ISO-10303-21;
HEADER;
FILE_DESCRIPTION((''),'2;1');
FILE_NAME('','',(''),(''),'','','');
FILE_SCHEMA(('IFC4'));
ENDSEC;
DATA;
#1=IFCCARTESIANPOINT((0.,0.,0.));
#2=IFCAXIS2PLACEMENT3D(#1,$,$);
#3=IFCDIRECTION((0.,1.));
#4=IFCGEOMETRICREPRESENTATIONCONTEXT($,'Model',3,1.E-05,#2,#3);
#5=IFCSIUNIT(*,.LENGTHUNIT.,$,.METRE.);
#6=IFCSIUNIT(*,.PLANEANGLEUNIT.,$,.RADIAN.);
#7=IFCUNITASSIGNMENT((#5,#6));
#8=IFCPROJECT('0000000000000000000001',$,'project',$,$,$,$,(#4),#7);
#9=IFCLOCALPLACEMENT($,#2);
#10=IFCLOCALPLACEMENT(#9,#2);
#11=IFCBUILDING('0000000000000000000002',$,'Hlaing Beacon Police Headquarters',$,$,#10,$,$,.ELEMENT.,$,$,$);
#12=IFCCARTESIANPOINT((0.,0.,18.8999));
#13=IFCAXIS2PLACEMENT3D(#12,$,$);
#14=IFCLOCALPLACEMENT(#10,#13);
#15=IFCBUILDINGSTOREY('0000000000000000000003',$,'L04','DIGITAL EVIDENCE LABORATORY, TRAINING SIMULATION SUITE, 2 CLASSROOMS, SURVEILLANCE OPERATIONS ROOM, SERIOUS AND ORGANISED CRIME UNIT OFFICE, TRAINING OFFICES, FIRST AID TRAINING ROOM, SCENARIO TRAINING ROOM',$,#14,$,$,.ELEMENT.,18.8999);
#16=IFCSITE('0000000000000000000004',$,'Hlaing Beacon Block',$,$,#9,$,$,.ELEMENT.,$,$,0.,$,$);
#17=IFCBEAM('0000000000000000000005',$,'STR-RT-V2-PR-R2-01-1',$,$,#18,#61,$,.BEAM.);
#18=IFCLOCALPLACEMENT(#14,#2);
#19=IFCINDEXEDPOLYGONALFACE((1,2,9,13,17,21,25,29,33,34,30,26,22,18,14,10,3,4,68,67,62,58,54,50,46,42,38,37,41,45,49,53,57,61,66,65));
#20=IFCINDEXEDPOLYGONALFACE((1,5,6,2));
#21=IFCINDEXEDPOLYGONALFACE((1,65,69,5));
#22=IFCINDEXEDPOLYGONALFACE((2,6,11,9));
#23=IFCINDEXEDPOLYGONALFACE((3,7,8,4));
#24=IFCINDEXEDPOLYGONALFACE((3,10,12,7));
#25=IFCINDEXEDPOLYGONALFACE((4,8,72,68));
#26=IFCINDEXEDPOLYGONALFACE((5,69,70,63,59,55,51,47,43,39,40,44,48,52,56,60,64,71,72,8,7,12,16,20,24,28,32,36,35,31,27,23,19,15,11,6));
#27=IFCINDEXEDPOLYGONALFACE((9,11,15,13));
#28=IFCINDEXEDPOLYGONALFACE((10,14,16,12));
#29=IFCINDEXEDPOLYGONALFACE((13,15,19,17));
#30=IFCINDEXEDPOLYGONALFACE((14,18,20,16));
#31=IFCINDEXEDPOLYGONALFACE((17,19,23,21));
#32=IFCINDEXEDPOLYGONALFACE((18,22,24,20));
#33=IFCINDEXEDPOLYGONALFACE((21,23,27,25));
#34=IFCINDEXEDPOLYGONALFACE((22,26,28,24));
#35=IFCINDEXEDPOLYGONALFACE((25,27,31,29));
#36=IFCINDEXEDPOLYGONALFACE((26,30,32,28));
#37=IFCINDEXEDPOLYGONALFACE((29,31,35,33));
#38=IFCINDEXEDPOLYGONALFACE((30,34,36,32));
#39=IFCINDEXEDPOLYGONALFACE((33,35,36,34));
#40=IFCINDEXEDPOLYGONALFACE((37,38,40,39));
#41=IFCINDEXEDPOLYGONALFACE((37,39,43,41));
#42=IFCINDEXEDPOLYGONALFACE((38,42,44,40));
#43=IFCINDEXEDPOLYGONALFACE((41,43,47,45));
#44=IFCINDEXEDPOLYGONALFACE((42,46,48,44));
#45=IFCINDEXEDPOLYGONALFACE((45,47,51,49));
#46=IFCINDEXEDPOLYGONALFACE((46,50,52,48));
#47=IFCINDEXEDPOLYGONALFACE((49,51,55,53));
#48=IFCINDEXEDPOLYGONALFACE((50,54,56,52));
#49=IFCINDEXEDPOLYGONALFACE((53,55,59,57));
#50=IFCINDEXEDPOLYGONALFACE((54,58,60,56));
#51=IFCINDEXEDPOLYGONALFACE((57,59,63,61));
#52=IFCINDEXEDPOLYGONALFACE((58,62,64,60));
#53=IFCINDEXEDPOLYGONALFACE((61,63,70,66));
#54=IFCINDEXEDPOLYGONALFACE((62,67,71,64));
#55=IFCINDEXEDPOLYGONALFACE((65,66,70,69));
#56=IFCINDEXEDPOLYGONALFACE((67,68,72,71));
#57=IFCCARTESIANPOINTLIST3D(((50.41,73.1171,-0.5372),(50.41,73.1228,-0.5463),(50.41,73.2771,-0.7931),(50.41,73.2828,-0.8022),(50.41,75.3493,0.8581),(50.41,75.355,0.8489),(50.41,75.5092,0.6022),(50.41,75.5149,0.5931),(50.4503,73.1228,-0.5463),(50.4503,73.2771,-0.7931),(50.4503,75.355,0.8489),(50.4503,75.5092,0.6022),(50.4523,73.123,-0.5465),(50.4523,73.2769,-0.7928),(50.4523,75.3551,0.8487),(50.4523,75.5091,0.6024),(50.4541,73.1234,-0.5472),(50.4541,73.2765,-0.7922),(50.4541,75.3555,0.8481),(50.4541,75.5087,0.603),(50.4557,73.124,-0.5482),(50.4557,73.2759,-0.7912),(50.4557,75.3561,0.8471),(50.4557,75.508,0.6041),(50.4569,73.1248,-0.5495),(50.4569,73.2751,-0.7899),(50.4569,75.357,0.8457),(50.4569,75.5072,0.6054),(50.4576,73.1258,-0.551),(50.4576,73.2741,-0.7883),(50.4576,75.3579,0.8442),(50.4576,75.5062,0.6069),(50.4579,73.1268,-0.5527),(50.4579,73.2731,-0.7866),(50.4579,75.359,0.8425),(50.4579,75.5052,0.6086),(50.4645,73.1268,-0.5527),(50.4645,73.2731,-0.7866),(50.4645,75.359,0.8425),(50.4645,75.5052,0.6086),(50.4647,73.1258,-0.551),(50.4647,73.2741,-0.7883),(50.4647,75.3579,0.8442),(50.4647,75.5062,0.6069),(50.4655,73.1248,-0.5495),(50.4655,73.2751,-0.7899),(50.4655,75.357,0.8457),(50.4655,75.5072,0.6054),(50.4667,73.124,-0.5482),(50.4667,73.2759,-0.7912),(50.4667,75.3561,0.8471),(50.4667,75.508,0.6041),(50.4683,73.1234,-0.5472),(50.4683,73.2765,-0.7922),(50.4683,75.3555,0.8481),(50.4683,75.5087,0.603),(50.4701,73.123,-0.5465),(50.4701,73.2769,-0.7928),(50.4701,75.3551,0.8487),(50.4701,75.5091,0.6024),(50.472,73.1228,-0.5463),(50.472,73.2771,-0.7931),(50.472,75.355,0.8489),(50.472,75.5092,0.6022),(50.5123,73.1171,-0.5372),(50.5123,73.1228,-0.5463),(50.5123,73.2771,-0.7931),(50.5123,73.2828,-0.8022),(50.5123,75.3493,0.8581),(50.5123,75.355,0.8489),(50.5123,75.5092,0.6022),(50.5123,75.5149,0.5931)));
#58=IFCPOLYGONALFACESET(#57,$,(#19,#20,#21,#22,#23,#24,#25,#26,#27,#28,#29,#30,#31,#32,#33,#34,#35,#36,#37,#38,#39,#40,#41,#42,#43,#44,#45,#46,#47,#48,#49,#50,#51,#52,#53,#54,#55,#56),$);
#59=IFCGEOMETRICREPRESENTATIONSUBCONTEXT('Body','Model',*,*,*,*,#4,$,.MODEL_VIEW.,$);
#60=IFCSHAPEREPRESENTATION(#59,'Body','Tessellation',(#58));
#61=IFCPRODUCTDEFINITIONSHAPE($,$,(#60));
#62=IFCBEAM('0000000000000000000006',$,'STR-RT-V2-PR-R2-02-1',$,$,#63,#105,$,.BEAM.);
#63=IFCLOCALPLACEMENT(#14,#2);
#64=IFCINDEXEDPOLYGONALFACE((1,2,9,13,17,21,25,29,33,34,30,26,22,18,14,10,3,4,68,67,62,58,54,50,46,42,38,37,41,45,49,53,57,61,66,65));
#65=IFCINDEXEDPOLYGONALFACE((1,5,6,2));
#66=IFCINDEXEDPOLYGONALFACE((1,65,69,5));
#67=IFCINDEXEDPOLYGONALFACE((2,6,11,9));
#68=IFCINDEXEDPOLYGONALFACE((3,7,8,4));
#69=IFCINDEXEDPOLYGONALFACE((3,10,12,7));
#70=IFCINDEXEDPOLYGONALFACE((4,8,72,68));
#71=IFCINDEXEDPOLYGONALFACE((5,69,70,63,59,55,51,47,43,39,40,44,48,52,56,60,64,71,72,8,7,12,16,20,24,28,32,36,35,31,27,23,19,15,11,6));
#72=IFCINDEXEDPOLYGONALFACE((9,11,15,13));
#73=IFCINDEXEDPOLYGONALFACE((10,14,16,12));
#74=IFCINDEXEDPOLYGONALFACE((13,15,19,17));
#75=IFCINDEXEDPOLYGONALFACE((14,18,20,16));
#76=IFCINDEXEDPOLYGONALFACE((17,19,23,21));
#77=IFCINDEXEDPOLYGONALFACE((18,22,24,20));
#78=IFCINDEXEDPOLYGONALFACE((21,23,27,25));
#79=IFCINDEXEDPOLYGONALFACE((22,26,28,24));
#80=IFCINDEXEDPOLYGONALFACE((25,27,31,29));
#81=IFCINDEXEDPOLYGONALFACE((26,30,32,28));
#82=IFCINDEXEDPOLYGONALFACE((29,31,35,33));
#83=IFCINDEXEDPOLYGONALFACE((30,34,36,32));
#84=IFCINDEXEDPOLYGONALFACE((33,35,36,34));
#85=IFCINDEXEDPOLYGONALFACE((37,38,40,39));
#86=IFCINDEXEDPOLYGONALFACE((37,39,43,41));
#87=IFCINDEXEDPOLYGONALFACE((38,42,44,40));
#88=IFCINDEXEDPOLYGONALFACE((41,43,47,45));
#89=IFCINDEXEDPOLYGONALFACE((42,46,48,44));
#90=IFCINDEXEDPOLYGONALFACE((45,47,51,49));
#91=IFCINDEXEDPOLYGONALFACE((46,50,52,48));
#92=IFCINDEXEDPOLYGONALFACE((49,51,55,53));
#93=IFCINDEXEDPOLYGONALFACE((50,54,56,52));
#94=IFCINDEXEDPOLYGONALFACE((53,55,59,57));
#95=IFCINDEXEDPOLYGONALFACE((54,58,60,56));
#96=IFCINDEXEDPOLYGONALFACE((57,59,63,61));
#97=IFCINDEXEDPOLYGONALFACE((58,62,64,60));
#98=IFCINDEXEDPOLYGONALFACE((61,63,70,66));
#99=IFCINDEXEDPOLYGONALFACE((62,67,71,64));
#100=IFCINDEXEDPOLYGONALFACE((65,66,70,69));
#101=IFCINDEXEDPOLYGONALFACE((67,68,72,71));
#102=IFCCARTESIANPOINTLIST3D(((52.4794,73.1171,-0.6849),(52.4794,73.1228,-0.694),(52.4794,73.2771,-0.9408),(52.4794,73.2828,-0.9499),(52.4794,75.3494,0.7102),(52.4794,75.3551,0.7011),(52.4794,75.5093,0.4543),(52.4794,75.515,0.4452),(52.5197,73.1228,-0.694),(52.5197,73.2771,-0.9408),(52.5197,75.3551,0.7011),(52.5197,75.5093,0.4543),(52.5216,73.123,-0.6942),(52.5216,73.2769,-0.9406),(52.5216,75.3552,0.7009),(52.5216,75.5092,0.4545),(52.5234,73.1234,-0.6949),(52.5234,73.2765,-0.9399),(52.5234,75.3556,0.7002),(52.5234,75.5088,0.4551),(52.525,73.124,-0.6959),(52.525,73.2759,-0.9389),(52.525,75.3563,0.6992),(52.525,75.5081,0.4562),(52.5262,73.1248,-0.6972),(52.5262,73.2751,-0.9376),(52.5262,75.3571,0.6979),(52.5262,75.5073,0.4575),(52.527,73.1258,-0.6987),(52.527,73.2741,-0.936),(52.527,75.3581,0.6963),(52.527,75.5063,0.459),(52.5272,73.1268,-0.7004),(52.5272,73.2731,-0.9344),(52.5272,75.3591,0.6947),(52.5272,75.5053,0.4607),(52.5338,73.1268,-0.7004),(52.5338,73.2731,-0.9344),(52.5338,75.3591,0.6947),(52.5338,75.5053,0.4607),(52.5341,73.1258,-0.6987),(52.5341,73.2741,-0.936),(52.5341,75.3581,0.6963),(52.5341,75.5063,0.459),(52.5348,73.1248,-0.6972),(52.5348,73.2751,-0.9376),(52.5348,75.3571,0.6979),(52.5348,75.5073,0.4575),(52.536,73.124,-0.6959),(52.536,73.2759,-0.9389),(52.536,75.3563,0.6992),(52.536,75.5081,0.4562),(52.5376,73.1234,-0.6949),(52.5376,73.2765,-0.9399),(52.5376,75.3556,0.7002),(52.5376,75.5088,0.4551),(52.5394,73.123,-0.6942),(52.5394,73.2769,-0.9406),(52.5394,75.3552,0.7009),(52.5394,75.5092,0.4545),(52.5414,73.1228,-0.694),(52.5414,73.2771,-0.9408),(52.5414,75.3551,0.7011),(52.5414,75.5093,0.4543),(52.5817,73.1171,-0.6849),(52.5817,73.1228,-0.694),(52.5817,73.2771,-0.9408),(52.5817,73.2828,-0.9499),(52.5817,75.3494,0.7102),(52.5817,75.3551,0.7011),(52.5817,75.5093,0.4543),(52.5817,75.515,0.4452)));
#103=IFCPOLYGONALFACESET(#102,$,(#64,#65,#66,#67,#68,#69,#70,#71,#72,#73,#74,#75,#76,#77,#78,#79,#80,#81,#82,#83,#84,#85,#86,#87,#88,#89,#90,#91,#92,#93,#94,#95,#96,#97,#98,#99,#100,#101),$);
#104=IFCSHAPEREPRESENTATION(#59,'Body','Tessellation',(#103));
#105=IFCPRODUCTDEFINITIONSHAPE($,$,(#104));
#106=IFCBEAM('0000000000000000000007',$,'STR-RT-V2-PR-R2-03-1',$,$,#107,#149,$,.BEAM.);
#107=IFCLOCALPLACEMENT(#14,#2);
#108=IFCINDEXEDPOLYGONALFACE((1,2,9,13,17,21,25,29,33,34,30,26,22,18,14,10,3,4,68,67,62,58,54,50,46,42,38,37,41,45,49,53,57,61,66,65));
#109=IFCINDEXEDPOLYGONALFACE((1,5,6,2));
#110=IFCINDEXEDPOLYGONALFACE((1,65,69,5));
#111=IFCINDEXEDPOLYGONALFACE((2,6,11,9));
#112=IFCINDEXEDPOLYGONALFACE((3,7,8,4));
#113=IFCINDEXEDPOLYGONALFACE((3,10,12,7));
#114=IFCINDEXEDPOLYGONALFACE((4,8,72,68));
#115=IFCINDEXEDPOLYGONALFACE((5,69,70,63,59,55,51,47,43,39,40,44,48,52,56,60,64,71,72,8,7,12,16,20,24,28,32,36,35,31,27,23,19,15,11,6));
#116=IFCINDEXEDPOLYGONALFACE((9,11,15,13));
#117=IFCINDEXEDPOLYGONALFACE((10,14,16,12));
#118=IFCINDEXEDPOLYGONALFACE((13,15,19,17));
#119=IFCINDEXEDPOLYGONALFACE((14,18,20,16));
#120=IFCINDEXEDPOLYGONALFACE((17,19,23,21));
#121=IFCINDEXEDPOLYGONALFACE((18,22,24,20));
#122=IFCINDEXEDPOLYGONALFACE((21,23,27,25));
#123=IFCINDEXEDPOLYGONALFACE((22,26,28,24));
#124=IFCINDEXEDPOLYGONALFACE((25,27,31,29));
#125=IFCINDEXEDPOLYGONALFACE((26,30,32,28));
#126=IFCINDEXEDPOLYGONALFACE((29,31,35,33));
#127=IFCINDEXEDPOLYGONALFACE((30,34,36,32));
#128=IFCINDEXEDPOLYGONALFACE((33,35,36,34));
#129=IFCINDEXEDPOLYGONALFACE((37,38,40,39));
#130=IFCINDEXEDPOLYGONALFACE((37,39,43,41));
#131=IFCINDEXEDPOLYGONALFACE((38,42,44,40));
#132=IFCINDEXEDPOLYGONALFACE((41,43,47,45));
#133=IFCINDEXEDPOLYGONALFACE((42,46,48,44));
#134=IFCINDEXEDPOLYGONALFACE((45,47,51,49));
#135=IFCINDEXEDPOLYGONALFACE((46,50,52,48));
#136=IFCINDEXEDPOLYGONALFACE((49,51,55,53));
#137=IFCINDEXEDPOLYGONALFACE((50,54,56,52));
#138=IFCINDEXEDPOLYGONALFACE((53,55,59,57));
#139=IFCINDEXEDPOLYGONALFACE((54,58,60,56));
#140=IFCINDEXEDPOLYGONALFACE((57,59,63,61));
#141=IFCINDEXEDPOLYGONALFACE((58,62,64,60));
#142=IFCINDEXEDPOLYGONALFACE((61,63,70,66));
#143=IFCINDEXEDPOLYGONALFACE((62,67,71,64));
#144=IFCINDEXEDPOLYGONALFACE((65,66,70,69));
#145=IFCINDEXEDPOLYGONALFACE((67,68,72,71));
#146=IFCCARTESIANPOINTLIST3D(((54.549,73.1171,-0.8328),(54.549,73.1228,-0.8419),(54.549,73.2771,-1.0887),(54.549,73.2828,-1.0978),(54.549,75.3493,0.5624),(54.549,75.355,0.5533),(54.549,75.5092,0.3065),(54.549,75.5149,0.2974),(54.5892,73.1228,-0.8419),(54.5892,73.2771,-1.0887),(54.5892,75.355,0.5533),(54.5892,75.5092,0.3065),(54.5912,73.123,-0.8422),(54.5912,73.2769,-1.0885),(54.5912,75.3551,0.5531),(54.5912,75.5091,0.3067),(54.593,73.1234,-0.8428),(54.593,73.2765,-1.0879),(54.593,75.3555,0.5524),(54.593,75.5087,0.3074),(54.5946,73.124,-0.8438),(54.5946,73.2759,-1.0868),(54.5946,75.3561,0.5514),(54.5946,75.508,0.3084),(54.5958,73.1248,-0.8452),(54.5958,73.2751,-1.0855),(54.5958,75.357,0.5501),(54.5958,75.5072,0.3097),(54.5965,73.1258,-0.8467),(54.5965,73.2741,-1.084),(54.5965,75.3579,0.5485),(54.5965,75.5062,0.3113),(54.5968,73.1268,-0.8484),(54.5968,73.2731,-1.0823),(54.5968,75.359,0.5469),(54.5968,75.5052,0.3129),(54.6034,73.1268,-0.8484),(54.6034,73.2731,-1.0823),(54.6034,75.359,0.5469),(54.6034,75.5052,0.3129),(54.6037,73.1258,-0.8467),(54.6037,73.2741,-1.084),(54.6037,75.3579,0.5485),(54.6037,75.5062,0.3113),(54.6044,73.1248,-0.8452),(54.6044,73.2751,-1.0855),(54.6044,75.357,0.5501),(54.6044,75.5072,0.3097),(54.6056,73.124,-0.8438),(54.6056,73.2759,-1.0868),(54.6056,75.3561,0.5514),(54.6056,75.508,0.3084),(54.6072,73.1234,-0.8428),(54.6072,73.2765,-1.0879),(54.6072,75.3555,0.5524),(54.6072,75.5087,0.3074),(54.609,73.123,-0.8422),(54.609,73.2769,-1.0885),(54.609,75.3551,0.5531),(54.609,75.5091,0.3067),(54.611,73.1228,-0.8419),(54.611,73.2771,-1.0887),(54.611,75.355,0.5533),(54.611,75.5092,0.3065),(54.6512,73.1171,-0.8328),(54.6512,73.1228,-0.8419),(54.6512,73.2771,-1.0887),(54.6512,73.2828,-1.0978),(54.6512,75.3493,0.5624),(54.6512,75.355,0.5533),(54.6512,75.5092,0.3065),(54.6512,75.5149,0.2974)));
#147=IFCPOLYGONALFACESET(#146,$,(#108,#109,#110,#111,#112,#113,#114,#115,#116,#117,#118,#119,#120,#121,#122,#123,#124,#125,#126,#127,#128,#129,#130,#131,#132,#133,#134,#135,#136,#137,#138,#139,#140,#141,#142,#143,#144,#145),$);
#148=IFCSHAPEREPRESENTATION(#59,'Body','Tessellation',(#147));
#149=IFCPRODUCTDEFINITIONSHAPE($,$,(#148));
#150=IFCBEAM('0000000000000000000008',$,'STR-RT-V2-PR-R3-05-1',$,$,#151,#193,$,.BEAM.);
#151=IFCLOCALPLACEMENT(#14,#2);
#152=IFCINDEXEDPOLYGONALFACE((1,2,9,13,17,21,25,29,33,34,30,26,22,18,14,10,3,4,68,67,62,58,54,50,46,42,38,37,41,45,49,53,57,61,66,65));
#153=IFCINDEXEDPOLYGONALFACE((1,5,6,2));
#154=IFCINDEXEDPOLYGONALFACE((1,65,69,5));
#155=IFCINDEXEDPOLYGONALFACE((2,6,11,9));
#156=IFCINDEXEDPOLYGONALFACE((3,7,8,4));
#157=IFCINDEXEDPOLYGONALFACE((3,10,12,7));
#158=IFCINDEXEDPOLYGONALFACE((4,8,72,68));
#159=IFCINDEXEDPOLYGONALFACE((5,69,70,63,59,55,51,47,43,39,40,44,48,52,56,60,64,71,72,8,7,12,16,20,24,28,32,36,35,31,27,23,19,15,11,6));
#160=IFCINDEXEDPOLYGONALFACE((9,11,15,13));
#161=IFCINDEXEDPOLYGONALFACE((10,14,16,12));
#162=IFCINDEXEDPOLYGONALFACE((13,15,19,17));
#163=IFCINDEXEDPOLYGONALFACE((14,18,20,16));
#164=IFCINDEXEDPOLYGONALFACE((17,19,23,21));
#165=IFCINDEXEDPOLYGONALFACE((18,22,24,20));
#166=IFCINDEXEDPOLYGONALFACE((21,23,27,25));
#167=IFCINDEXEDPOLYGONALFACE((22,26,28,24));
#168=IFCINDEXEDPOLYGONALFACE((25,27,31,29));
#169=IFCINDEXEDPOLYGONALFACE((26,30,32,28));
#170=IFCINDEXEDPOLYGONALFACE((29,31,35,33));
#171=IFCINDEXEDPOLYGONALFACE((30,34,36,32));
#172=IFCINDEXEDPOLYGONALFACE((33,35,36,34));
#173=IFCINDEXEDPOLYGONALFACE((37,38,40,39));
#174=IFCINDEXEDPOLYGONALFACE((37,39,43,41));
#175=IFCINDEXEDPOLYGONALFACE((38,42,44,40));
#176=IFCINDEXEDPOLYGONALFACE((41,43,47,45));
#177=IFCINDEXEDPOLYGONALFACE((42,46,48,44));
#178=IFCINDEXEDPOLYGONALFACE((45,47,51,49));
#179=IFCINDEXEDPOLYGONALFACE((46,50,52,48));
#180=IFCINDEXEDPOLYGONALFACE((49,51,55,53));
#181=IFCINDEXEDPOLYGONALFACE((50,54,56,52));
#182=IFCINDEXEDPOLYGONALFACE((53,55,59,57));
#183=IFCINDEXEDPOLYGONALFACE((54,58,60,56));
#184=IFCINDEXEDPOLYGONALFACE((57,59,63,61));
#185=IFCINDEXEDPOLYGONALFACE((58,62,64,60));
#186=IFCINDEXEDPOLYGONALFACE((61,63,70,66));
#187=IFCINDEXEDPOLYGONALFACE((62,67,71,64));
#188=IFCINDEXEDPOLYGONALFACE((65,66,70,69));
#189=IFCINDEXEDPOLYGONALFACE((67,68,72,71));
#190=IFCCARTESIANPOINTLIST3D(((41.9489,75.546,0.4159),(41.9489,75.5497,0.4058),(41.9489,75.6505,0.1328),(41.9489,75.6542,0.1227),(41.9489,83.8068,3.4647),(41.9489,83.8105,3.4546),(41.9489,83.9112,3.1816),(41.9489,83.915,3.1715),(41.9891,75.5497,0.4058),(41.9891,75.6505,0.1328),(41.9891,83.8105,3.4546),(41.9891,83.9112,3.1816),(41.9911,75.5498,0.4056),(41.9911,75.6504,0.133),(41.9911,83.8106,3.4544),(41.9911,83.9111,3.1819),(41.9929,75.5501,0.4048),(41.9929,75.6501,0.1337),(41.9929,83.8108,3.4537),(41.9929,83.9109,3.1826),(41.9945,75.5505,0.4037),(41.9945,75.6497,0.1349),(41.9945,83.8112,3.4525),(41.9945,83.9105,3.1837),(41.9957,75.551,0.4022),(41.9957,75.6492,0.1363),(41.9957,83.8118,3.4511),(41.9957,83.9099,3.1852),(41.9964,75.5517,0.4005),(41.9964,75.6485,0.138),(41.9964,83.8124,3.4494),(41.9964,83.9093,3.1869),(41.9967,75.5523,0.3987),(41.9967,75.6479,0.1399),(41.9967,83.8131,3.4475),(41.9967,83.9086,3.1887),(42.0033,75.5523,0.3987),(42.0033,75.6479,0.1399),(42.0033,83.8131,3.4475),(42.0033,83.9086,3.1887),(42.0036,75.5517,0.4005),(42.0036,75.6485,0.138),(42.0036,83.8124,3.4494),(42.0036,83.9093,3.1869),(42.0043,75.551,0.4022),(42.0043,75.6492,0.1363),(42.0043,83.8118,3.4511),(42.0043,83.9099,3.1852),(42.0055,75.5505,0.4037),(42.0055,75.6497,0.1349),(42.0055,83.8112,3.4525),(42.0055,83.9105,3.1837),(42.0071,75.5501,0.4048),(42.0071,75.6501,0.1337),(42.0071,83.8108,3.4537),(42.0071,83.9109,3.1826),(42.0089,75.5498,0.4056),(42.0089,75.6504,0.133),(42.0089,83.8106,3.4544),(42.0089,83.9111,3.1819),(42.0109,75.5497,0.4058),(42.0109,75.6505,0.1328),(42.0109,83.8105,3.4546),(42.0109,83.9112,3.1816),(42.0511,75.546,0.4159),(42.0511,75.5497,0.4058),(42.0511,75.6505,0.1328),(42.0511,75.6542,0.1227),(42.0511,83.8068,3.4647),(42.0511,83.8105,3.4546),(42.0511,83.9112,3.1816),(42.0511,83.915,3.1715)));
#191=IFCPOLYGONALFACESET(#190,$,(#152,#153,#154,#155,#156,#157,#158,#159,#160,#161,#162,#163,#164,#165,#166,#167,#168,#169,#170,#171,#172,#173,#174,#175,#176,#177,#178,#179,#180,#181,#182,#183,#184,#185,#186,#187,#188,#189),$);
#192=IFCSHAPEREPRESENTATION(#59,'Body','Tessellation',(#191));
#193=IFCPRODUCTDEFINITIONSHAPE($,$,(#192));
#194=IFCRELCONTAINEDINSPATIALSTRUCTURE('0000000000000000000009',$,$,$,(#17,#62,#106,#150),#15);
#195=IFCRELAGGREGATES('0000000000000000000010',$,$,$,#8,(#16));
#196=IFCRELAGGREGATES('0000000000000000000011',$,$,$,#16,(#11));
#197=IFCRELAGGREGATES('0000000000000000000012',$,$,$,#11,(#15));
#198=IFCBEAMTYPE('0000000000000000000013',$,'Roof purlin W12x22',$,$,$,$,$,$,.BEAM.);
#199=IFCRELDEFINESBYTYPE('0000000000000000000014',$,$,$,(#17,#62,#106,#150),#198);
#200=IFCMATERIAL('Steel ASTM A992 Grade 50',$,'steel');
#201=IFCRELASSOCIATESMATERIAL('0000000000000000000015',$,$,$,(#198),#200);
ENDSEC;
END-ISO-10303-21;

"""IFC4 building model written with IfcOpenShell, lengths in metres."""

from ifc_helpers import new_model, si_unit, direction, frame, origin, origin_2d, place, context, subcontext, project, spatial, i_section, extrude, material, material_profile, profile_set, type_object, element, save


model = new_model("IFC4")

# Units and contexts
model_context = context("Model", 3, precision=1e-05, world=origin(), true_north=direction((0.0, 1.0)))
body_context = subcontext(model_context, "Body", "Model", "MODEL_VIEW")
ifc_project = project(units=[si_unit("LENGTHUNIT", "METRE"), si_unit("PLANEANGLEUNIT", "RADIAN")], contexts=[model_context])

# Site, building, storey
site_placement = place(None, origin())
site = spatial("IfcSite", under=ifc_project, at=site_placement, Name="Hlaing Beacon Block", CompositionType="ELEMENT", RefElevation=0.0)
building_placement = place(site_placement, origin())
building = spatial("IfcBuilding", under=site, at=building_placement, Name="Hlaing Beacon Police Headquarters", CompositionType="ELEMENT")
storey_placement = place(building_placement, frame((0.0, 0.0, 18.8999)))
storey = spatial("IfcBuildingStorey", under=building, at=storey_placement, Name="L04", Description="DIGITAL EVIDENCE LABORATORY, TRAINING SIMULATION SUITE, 2 CLASSROOMS, SURVEILLANCE OPERATIONS ROOM, SERIOUS AND ORGANISED CRIME UNIT OFFICE, TRAINING OFFICES, FIRST AID TRAINING ROOM, SCENARIO TRAINING ROOM", CompositionType="ELEMENT", Elevation=18.8999)

# Beams
ifc_material_1 = material(Name="Steel ASTM A992 Grade 50", Category="steel")
ifc_material_profile_1 = material_profile(ifc_material_1, i_section(OverallWidth=0.1023, OverallDepth=0.3125, WebThickness=0.0066, FlangeThickness=0.0107, FilletRadius=0.0076, at=origin_2d()), Name="W12x22")
ifc_profile_set_1 = profile_set([ifc_material_profile_1], Name="Steel ASTM A992 Grade 50")
beam_type_1 = type_object("IfcBeamType", Name="Roof purlin W12x22", PredefinedType="BEAM", material=ifc_profile_set_1)
for number, where, z_axis, x_axis, name in (
    (1, (50.4612, 73.2, -0.6697), (0.0, 0.847972, 0.530041), (-1.0, 0.0, 0.0), "STR-RT-V2-PR-R2-01-1"),
    (2, (52.5305, 73.2, -0.8174), (0.0, 0.848014, 0.529974), (-1.0, 0.0, 0.0), "STR-RT-V2-PR-R2-02-1"),
    (3, (54.6001, 73.2, -0.9653), (0.0, 0.847972, 0.530041), (-1.0, 0.0, 0.0), "STR-RT-V2-PR-R2-03-1"),
):
    element("IfcBeam", number, at=place(storey_placement, frame(where, z_axis=z_axis, x_axis=x_axis)), inside=storey, type_object=beam_type_1, Name=name, PredefinedType="BEAM", context=body_context, shape_type="SweptSolid", body=[
        extrude(i_section(OverallWidth=0.1023, OverallDepth=0.3125, WebThickness=0.0066, FlangeThickness=0.0107, FilletRadius=0.0076, at=origin_2d()), origin(), (0.0, 0.0, 1.0), 2.6323),
    ])
for number, where, z_axis, x_axis, name in (
    (4, (42.0, 75.6001, 0.2693), (0.0, 0.938144, 0.346245), (-1.0, 0.0, 0.0), "STR-RT-V2-PR-R3-05-1"),
):
    element("IfcBeam", number, at=place(storey_placement, frame(where, z_axis=z_axis, x_axis=x_axis)), inside=storey, type_object=beam_type_1, Name=name, PredefinedType="BEAM", context=body_context, shape_type="SweptSolid", body=[
        extrude(i_section(OverallWidth=0.1023, OverallDepth=0.3125, WebThickness=0.0066, FlangeThickness=0.0107, FilletRadius=0.0076, at=origin_2d()), origin(), (0.0, 0.0, 1.0), 8.8054),
    ])

save(model, "model.ifc")
